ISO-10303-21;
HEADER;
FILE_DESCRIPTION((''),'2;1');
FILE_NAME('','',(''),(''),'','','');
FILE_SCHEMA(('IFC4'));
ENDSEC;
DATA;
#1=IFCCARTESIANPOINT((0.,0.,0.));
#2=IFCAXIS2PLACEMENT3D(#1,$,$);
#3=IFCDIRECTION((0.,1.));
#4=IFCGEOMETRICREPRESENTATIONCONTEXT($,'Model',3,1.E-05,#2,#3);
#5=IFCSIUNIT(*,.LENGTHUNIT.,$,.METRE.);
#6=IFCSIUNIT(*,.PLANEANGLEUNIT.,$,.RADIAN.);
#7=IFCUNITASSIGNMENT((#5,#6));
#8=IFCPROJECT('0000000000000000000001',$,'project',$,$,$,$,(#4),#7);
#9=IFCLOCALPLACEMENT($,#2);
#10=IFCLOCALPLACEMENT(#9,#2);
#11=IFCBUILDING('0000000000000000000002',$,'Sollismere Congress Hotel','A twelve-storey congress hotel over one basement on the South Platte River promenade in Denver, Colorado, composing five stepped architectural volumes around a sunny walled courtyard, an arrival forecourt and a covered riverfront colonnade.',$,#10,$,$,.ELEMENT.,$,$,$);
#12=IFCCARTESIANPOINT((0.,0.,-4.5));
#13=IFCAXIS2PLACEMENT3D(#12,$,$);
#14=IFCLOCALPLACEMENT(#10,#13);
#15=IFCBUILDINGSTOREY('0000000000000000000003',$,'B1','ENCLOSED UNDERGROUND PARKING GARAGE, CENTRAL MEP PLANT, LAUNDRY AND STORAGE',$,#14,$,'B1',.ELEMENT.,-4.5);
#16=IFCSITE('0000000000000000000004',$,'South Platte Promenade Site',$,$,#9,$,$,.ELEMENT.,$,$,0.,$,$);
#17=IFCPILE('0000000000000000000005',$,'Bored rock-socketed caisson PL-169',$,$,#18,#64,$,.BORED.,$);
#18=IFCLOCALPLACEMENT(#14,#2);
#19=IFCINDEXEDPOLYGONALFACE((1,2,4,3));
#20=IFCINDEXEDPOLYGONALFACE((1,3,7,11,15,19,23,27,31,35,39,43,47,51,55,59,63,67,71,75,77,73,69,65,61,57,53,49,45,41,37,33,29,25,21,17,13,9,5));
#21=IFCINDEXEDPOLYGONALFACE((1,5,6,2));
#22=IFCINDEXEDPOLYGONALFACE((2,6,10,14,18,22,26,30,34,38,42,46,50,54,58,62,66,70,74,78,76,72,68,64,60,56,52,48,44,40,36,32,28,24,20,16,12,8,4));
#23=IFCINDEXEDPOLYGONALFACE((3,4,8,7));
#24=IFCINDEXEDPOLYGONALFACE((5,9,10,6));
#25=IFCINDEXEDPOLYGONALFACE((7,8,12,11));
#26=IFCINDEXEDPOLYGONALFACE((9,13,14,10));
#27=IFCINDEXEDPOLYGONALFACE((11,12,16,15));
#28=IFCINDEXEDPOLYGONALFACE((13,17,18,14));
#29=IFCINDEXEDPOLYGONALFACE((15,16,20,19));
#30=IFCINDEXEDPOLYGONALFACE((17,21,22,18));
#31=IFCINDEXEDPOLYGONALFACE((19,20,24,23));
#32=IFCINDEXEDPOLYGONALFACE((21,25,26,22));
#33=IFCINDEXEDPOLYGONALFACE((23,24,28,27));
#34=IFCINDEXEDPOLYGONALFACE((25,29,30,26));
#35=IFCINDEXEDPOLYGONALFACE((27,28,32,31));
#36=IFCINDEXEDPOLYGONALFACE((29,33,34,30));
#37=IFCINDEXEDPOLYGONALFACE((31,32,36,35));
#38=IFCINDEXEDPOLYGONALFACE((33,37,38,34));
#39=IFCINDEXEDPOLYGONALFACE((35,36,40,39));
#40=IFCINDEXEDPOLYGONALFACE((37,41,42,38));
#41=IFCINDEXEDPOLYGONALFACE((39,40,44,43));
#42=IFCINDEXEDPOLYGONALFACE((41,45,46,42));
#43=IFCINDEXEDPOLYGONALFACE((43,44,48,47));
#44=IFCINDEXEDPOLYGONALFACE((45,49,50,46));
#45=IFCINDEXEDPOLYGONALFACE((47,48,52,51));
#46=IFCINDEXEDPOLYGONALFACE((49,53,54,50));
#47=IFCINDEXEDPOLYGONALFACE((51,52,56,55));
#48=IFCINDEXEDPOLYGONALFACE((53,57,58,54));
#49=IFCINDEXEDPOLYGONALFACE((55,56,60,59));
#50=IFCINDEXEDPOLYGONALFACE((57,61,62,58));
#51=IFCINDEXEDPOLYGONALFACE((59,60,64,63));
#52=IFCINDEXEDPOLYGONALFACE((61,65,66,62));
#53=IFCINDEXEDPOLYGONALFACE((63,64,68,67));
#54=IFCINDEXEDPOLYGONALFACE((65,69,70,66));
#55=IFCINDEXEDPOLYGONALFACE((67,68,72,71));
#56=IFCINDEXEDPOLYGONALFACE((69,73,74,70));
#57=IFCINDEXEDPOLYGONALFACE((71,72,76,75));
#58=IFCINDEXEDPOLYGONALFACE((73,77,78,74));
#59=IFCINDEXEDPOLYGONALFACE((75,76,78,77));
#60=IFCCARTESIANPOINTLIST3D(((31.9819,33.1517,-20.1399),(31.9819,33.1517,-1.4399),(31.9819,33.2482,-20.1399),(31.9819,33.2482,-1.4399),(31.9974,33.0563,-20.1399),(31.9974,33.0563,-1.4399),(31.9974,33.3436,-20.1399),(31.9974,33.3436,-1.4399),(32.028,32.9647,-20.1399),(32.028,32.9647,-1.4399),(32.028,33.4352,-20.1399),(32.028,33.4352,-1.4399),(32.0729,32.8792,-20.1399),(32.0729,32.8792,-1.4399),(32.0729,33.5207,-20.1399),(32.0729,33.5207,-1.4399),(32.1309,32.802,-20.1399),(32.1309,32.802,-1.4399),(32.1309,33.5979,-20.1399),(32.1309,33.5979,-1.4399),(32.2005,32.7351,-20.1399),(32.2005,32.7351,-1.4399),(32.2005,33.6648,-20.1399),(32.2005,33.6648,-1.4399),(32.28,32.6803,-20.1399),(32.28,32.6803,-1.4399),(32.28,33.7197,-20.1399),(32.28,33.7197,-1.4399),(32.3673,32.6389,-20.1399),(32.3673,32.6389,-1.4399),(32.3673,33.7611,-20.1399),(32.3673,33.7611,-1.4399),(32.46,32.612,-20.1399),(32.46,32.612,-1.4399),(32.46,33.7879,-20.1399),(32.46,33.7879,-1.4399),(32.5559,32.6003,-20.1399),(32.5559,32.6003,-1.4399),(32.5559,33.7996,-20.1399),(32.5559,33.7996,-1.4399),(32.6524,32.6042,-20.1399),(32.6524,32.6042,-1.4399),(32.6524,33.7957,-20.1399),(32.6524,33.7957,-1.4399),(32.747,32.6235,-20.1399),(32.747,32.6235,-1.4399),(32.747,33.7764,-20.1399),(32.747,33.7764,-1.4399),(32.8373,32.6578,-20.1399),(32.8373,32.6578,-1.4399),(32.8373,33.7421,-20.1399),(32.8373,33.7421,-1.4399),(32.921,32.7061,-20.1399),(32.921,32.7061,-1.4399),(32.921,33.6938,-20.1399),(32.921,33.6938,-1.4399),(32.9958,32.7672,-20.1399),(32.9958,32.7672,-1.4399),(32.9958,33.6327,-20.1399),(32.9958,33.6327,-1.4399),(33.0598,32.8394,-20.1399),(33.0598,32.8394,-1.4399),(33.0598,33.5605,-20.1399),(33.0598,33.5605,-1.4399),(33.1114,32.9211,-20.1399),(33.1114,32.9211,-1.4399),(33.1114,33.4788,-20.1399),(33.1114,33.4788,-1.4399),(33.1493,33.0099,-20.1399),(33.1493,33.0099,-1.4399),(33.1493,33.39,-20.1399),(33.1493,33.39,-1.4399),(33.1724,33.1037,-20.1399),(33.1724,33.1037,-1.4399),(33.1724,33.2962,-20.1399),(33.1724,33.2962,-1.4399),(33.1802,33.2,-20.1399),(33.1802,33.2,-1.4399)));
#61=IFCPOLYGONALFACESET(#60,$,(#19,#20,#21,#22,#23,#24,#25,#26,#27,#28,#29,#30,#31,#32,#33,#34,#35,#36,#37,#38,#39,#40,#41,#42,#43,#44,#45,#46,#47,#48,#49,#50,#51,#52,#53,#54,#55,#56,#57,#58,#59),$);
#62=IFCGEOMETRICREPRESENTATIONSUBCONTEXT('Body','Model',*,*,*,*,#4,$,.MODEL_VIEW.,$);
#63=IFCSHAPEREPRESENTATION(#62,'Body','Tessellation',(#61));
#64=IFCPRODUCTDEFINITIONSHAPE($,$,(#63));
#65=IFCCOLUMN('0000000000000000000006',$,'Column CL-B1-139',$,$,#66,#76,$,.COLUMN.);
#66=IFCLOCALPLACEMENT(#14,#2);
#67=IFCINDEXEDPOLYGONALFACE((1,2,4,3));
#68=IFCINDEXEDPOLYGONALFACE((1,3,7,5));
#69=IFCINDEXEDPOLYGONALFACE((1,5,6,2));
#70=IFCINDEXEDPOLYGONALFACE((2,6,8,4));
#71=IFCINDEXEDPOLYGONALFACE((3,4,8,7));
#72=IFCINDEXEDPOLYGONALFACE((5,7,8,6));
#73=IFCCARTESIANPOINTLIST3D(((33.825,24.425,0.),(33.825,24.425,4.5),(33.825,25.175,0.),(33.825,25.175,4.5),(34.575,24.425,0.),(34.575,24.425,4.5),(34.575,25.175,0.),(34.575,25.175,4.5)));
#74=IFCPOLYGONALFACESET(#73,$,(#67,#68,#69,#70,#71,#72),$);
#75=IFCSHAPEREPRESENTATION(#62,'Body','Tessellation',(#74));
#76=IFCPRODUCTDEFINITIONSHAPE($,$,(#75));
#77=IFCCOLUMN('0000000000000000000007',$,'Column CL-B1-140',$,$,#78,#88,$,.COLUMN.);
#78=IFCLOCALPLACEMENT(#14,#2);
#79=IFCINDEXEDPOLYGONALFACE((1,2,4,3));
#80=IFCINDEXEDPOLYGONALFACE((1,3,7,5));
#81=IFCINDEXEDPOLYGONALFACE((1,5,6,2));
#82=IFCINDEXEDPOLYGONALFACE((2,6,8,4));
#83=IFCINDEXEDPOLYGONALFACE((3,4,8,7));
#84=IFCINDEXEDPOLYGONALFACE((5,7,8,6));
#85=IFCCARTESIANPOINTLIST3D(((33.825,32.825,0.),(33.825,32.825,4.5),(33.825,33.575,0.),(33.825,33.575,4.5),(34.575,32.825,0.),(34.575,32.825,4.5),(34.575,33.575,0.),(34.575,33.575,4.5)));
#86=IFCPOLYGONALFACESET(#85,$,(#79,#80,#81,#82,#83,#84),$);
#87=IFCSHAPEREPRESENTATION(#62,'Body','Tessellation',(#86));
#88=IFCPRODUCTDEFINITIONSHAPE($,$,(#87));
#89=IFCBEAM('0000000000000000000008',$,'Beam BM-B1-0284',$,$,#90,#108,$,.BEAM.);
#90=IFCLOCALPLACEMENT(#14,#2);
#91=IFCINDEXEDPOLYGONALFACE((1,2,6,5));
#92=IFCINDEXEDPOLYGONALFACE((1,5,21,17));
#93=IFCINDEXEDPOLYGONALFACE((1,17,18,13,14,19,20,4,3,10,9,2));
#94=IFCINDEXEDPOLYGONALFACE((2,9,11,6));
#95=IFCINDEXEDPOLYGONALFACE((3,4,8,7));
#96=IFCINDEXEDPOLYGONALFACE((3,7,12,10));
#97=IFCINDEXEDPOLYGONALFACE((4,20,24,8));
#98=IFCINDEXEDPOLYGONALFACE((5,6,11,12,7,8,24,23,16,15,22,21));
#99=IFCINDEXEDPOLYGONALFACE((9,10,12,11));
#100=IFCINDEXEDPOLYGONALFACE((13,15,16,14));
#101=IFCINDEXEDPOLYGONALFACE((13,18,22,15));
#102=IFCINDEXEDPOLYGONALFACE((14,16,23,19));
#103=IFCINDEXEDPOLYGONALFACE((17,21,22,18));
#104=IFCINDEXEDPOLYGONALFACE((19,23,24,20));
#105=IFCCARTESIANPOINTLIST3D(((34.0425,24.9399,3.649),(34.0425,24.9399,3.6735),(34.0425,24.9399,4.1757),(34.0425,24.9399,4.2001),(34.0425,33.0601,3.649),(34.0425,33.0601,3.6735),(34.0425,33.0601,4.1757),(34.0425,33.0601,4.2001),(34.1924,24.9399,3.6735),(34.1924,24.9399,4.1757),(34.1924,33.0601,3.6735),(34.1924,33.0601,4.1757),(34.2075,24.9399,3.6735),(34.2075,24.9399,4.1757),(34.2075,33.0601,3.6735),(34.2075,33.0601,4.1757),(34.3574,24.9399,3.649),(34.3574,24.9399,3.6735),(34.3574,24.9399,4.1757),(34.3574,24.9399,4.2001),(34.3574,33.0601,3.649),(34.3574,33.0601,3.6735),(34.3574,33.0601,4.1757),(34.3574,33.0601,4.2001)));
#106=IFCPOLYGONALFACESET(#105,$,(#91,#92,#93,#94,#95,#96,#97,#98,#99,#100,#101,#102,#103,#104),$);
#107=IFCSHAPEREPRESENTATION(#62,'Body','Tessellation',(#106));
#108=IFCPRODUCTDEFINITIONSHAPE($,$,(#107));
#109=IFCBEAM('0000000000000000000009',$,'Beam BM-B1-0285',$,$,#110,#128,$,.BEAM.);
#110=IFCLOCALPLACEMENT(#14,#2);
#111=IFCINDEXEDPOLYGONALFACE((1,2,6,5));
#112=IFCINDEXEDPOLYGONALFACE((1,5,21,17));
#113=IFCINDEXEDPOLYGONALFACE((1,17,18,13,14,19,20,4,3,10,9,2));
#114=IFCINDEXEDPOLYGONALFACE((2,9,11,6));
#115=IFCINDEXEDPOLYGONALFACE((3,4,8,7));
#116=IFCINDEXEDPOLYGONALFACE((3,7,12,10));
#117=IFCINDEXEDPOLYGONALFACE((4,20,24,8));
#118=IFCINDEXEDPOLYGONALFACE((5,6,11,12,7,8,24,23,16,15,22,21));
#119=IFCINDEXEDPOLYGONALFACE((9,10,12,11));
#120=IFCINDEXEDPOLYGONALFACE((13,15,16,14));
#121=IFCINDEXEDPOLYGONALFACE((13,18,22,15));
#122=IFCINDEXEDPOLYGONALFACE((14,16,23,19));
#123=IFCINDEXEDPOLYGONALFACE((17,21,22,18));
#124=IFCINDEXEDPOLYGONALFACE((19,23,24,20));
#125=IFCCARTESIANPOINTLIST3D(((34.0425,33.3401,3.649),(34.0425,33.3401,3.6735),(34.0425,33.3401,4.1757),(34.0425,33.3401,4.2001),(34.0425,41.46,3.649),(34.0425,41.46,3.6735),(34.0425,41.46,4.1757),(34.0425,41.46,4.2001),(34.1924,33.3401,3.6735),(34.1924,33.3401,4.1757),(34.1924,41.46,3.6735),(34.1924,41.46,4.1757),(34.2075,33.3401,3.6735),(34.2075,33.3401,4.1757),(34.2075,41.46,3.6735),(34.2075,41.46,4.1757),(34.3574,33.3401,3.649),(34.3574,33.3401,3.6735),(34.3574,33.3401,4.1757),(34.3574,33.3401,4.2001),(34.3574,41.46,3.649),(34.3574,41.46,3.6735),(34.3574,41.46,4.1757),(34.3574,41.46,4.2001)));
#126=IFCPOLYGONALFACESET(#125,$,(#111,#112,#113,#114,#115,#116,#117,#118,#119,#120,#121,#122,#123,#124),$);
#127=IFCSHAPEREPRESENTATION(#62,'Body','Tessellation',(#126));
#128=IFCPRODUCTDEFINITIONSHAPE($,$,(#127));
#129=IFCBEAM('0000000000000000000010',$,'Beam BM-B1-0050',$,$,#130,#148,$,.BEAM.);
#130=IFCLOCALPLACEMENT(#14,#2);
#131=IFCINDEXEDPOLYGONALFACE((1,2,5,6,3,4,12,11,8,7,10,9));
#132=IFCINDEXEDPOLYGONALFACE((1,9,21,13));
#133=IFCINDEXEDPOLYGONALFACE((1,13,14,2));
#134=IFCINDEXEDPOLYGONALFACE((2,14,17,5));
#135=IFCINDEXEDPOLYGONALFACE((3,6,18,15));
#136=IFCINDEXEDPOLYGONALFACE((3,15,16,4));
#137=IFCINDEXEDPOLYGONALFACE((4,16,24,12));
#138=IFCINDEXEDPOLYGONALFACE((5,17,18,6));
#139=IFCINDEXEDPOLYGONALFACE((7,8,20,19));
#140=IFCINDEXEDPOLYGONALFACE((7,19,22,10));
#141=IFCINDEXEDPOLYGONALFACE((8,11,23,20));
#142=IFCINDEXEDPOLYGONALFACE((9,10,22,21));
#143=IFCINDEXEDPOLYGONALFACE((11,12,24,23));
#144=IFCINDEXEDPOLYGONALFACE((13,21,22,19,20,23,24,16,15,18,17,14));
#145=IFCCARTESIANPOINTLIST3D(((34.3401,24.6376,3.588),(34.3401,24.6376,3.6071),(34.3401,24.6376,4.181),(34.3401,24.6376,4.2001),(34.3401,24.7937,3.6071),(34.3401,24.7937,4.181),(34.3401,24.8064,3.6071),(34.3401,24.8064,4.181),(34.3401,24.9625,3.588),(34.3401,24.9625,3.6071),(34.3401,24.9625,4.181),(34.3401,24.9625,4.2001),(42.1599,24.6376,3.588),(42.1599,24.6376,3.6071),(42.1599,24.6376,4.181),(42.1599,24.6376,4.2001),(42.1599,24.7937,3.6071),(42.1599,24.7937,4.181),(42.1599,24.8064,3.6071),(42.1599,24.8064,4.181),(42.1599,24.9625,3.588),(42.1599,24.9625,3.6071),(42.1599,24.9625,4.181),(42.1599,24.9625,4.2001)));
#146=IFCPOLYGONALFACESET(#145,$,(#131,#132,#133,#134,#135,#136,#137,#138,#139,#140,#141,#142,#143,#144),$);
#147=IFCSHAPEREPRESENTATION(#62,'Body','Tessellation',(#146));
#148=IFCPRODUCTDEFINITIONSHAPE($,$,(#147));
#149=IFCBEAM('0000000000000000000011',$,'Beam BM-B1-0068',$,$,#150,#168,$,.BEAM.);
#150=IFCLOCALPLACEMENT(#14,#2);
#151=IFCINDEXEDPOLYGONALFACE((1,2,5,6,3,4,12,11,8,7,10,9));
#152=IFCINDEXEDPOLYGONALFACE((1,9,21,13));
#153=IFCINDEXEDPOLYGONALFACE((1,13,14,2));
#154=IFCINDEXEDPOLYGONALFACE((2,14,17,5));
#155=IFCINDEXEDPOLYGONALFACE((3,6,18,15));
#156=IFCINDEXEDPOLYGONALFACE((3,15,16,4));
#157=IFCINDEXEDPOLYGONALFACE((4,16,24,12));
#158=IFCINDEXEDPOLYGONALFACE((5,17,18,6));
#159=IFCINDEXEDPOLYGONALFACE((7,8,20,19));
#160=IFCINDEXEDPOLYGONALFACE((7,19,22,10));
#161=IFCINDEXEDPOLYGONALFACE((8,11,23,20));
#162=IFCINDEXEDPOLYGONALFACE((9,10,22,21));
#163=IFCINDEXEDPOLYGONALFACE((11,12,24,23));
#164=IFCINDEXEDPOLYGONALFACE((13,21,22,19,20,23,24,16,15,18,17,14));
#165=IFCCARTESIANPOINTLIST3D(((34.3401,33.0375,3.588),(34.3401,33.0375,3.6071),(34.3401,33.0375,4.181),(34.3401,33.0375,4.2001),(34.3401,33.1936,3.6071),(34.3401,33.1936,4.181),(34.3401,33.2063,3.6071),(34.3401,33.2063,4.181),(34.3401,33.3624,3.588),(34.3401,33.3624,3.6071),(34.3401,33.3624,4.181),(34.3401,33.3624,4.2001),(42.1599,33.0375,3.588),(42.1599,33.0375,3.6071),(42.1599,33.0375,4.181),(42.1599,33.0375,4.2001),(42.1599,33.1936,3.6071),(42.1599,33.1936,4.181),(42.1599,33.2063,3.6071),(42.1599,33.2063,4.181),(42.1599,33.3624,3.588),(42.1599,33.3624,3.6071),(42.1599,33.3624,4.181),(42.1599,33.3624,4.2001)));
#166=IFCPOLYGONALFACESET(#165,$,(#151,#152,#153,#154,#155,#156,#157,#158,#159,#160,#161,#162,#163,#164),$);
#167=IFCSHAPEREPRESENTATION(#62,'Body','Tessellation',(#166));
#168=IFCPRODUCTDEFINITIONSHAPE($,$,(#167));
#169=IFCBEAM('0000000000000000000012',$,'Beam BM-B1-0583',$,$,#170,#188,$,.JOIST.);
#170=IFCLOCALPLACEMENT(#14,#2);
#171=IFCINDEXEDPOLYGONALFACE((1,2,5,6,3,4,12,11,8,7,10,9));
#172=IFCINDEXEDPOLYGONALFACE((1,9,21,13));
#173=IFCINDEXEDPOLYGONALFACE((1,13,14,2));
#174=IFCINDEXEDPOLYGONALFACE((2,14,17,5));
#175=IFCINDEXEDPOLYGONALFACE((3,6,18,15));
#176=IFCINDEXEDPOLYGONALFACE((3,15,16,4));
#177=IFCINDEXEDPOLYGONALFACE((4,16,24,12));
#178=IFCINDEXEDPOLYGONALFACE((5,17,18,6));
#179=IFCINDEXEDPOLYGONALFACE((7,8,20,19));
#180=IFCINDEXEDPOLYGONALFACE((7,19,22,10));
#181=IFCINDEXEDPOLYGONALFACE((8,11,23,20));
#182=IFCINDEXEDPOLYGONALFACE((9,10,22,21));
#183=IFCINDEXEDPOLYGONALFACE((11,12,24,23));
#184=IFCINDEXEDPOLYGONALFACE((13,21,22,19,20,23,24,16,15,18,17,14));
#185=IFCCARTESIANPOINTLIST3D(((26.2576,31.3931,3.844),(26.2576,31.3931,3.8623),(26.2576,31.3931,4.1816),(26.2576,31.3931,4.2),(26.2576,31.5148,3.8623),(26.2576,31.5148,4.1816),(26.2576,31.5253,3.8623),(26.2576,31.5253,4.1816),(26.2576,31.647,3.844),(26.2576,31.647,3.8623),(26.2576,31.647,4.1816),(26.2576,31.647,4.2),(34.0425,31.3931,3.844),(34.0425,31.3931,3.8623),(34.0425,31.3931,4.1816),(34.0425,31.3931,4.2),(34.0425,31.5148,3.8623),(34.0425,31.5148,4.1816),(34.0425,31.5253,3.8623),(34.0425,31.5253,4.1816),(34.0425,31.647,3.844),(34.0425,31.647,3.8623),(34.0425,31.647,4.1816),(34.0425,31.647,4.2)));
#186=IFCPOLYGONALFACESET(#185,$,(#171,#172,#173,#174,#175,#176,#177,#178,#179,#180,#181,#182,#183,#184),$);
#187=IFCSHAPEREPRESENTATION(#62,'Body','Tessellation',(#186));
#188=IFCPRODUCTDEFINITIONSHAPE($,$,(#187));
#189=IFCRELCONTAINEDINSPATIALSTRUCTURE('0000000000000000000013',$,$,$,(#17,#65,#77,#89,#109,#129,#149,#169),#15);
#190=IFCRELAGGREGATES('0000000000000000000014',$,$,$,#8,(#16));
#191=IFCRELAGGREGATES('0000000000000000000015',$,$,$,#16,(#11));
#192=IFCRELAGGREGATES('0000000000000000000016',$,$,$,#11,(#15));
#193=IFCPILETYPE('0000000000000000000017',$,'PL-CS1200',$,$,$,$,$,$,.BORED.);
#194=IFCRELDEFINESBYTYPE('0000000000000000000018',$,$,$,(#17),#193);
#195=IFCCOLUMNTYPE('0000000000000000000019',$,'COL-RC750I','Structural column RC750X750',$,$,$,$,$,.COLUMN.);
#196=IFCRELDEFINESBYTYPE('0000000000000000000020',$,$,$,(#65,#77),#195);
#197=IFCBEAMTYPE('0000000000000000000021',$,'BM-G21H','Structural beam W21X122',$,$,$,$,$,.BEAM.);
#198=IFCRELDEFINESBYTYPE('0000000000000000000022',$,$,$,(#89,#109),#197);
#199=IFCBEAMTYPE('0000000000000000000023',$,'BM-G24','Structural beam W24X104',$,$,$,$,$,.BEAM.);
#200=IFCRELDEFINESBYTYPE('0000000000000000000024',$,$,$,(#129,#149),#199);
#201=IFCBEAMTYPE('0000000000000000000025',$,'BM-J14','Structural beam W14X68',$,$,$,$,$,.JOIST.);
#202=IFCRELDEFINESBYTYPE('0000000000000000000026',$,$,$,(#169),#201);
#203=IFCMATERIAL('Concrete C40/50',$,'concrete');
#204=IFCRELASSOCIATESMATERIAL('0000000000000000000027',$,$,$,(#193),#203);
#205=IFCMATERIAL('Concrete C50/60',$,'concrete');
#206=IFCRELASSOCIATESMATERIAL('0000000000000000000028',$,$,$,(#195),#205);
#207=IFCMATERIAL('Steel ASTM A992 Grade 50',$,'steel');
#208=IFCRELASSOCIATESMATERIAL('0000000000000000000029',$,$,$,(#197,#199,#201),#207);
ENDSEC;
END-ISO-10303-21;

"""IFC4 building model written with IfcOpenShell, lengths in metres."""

from ifc_helpers import new_model, si_unit, direction, frame, origin, origin_2d, place, context, subcontext, project, spatial, rectangle, circle, i_section, extrude, material, material_profile, profile_set, type_object, element, save


model = new_model("IFC4")

# Units and contexts
model_context = context("Model", 3, precision=1e-05, world=origin(), true_north=direction((0.0, 1.0)))
body_context = subcontext(model_context, "Body", "Model", "MODEL_VIEW")
ifc_project = project(units=[si_unit("LENGTHUNIT", "METRE"), si_unit("PLANEANGLEUNIT", "RADIAN")], contexts=[model_context])

# Site, building, storey
site_placement = place(None, origin())
site = spatial("IfcSite", under=ifc_project, at=site_placement, Name="South Platte Promenade Site", CompositionType="ELEMENT", RefElevation=0.0)
building_placement = place(site_placement, origin())
building = spatial("IfcBuilding", under=site, at=building_placement, Name="Sollismere Congress Hotel", Description="A twelve-storey congress hotel over one basement on the South Platte River promenade in Denver, Colorado, composing five stepped architectural volumes around a sunny walled courtyard, an arrival forecourt and a covered riverfront colonnade.", CompositionType="ELEMENT")
storey_placement = place(building_placement, frame((0.0, 0.0, -4.5)))
storey = spatial("IfcBuildingStorey", under=building, at=storey_placement, Name="B1", Description="ENCLOSED UNDERGROUND PARKING GARAGE, CENTRAL MEP PLANT, LAUNDRY AND STORAGE", LongName="B1", CompositionType="ELEMENT", Elevation=-4.5)

# Shared definitions
ifc_material_1 = material(Name="Concrete C40/50", Category="concrete")

# Pile
ifc_material_profile_1 = material_profile(ifc_material_1, circle(Radius=0.6001, at=origin_2d()), Name="CAISSON1200")
ifc_profile_set_1 = profile_set([ifc_material_profile_1], Name="Concrete C40/50")
pile_type = type_object("IfcPileType", Name="PL-CS1200", PredefinedType="BORED", material=ifc_profile_set_1)
pile_1_placement = place(storey_placement, frame((32.5801, 33.2, -1.4399), z_axis=(0.0, 0.0, -1.0), x_axis=(1.0, 0.0, 0.0)))
element("IfcPile", 1, at=pile_1_placement, inside=storey, type_object=pile_type, Name="Bored rock-socketed caisson PL-169", PredefinedType="BORED", context=body_context, shape_type="SweptSolid", body=[
    extrude(circle(Radius=0.6001, at=origin_2d()), origin(), (0.0, 0.0, 1.0), 18.7),
])

# Columns
ifc_material_2 = material(Name="Concrete C50/60", Category="concrete")
ifc_material_profile_2 = material_profile(ifc_material_2, rectangle(XDim=0.75, YDim=0.75, at=origin_2d()), Name="RC750X750")
ifc_profile_set_2 = profile_set([ifc_material_profile_2], Name="Concrete C50/60")
column_type = type_object("IfcColumnType", Name="COL-RC750I", Description="Structural column RC750X750", PredefinedType="COLUMN", material=ifc_profile_set_2)
for number, where, z_axis, x_axis, name in (
    (2, (34.2, 24.8, 0.0), (0.0, 0.0, 1.0), (0.0, 1.0, 0.0), "Column CL-B1-139"),
    (3, (34.2, 33.2, 0.0), (0.0, 0.0, 1.0), (1.0, 0.0, 0.0), "Column CL-B1-140"),
):
    element("IfcColumn", number, at=place(storey_placement, frame(where, z_axis=z_axis, x_axis=x_axis)), inside=storey, type_object=column_type, Name=name, PredefinedType="COLUMN", context=body_context, shape_type="SweptSolid", body=[
        extrude(rectangle(XDim=0.75, YDim=0.75, at=origin_2d()), origin(), (0.0, 0.0, 1.0), 4.5),
    ])

# Beams
ifc_material_3 = material(Name="Steel ASTM A992 Grade 50", Category="steel")
ifc_material_profile_3 = material_profile(ifc_material_3, i_section(OverallWidth=0.3149, OverallDepth=0.551, WebThickness=0.0151, FlangeThickness=0.0244, at=origin_2d()), Name="W21X122")
ifc_profile_set_3 = profile_set([ifc_material_profile_3], Name="Steel ASTM A992 Grade 50")
beam_type_1 = type_object("IfcBeamType", Name="BM-G21H", Description="Structural beam W21X122", PredefinedType="BEAM", material=ifc_profile_set_3)
beam_1_placement = place(storey_placement, frame((34.2, 24.9399, 3.9246), z_axis=(0.0, 1.0, 0.0), x_axis=(-1.0, 0.0, 0.0)))
element("IfcBeam", 4, at=beam_1_placement, inside=storey, type_object=beam_type_1, Name="Beam BM-B1-0284", PredefinedType="BEAM", context=body_context, shape_type="SweptSolid", body=[
    extrude(i_section(OverallWidth=0.3149, OverallDepth=0.551, WebThickness=0.0151, FlangeThickness=0.0244, at=origin_2d()), origin(), (0.0, 0.0, 1.0), 8.1201),
])
beam_2_placement = place(storey_placement, frame((34.2, 33.3401, 3.9246), z_axis=(0.0, 1.0, 0.0), x_axis=(-1.0, 0.0, 0.0)))
element("IfcBeam", 5, at=beam_2_placement, inside=storey, type_object=beam_type_1, Name="Beam BM-B1-0285", PredefinedType="BEAM", context=body_context, shape_type="SweptSolid", body=[
    extrude(i_section(OverallWidth=0.3149, OverallDepth=0.551, WebThickness=0.0151, FlangeThickness=0.0244, at=origin_2d()), origin(), (0.0, 0.0, 1.0), 8.1199),
])
ifc_material_profile_4 = material_profile(ifc_material_3, i_section(OverallWidth=0.325, OverallDepth=0.6121, WebThickness=0.0127, FlangeThickness=0.019, at=origin_2d()), Name="W24X104")
ifc_profile_set_4 = profile_set([ifc_material_profile_4], Name="Steel ASTM A992 Grade 50")
beam_type_2 = type_object("IfcBeamType", Name="BM-G24", Description="Structural beam W24X104", PredefinedType="BEAM", material=ifc_profile_set_4)
for number, where, z_axis, x_axis, name in (
    (6, (34.3401, 24.8, 3.894), (1.0, 0.0, 0.0), (0.0, 1.0, 0.0), "Beam BM-B1-0050"),
    (7, (34.3401, 33.2, 3.894), (1.0, 0.0, 0.0), (0.0, 1.0, 0.0), "Beam BM-B1-0068"),
):
    element("IfcBeam", number, at=place(storey_placement, frame(where, z_axis=z_axis, x_axis=x_axis)), inside=storey, type_object=beam_type_2, Name=name, PredefinedType="BEAM", context=body_context, shape_type="SweptSolid", body=[
        extrude(i_section(OverallWidth=0.325, OverallDepth=0.6121, WebThickness=0.0127, FlangeThickness=0.019, at=origin_2d()), origin(), (0.0, 0.0, 1.0), 7.8198),
    ])
ifc_material_profile_5 = material_profile(ifc_material_3, i_section(OverallWidth=0.2539, OverallDepth=0.356, WebThickness=0.0105, FlangeThickness=0.0183, at=origin_2d()), Name="W14X68")
ifc_profile_set_5 = profile_set([ifc_material_profile_5], Name="Steel ASTM A992 Grade 50")
beam_type_3 = type_object("IfcBeamType", Name="BM-J14", Description="Structural beam W14X68", PredefinedType="JOIST", material=ifc_profile_set_5)
for number, where, z_axis, x_axis, name in (
    (8, (26.2576, 31.52, 4.022), (1.0, 0.0, 0.0), (0.0, 1.0, 0.0), "Beam BM-B1-0583"),
):
    element("IfcBeam", number, at=place(storey_placement, frame(where, z_axis=z_axis, x_axis=x_axis)), inside=storey, type_object=beam_type_3, Name=name, PredefinedType="JOIST", context=body_context, shape_type="SweptSolid", body=[
        extrude(i_section(OverallWidth=0.2539, OverallDepth=0.356, WebThickness=0.0105, FlangeThickness=0.0183, at=origin_2d()), origin(), (0.0, 0.0, 1.0), 7.7849),
    ])

save(model, "model.ifc")
